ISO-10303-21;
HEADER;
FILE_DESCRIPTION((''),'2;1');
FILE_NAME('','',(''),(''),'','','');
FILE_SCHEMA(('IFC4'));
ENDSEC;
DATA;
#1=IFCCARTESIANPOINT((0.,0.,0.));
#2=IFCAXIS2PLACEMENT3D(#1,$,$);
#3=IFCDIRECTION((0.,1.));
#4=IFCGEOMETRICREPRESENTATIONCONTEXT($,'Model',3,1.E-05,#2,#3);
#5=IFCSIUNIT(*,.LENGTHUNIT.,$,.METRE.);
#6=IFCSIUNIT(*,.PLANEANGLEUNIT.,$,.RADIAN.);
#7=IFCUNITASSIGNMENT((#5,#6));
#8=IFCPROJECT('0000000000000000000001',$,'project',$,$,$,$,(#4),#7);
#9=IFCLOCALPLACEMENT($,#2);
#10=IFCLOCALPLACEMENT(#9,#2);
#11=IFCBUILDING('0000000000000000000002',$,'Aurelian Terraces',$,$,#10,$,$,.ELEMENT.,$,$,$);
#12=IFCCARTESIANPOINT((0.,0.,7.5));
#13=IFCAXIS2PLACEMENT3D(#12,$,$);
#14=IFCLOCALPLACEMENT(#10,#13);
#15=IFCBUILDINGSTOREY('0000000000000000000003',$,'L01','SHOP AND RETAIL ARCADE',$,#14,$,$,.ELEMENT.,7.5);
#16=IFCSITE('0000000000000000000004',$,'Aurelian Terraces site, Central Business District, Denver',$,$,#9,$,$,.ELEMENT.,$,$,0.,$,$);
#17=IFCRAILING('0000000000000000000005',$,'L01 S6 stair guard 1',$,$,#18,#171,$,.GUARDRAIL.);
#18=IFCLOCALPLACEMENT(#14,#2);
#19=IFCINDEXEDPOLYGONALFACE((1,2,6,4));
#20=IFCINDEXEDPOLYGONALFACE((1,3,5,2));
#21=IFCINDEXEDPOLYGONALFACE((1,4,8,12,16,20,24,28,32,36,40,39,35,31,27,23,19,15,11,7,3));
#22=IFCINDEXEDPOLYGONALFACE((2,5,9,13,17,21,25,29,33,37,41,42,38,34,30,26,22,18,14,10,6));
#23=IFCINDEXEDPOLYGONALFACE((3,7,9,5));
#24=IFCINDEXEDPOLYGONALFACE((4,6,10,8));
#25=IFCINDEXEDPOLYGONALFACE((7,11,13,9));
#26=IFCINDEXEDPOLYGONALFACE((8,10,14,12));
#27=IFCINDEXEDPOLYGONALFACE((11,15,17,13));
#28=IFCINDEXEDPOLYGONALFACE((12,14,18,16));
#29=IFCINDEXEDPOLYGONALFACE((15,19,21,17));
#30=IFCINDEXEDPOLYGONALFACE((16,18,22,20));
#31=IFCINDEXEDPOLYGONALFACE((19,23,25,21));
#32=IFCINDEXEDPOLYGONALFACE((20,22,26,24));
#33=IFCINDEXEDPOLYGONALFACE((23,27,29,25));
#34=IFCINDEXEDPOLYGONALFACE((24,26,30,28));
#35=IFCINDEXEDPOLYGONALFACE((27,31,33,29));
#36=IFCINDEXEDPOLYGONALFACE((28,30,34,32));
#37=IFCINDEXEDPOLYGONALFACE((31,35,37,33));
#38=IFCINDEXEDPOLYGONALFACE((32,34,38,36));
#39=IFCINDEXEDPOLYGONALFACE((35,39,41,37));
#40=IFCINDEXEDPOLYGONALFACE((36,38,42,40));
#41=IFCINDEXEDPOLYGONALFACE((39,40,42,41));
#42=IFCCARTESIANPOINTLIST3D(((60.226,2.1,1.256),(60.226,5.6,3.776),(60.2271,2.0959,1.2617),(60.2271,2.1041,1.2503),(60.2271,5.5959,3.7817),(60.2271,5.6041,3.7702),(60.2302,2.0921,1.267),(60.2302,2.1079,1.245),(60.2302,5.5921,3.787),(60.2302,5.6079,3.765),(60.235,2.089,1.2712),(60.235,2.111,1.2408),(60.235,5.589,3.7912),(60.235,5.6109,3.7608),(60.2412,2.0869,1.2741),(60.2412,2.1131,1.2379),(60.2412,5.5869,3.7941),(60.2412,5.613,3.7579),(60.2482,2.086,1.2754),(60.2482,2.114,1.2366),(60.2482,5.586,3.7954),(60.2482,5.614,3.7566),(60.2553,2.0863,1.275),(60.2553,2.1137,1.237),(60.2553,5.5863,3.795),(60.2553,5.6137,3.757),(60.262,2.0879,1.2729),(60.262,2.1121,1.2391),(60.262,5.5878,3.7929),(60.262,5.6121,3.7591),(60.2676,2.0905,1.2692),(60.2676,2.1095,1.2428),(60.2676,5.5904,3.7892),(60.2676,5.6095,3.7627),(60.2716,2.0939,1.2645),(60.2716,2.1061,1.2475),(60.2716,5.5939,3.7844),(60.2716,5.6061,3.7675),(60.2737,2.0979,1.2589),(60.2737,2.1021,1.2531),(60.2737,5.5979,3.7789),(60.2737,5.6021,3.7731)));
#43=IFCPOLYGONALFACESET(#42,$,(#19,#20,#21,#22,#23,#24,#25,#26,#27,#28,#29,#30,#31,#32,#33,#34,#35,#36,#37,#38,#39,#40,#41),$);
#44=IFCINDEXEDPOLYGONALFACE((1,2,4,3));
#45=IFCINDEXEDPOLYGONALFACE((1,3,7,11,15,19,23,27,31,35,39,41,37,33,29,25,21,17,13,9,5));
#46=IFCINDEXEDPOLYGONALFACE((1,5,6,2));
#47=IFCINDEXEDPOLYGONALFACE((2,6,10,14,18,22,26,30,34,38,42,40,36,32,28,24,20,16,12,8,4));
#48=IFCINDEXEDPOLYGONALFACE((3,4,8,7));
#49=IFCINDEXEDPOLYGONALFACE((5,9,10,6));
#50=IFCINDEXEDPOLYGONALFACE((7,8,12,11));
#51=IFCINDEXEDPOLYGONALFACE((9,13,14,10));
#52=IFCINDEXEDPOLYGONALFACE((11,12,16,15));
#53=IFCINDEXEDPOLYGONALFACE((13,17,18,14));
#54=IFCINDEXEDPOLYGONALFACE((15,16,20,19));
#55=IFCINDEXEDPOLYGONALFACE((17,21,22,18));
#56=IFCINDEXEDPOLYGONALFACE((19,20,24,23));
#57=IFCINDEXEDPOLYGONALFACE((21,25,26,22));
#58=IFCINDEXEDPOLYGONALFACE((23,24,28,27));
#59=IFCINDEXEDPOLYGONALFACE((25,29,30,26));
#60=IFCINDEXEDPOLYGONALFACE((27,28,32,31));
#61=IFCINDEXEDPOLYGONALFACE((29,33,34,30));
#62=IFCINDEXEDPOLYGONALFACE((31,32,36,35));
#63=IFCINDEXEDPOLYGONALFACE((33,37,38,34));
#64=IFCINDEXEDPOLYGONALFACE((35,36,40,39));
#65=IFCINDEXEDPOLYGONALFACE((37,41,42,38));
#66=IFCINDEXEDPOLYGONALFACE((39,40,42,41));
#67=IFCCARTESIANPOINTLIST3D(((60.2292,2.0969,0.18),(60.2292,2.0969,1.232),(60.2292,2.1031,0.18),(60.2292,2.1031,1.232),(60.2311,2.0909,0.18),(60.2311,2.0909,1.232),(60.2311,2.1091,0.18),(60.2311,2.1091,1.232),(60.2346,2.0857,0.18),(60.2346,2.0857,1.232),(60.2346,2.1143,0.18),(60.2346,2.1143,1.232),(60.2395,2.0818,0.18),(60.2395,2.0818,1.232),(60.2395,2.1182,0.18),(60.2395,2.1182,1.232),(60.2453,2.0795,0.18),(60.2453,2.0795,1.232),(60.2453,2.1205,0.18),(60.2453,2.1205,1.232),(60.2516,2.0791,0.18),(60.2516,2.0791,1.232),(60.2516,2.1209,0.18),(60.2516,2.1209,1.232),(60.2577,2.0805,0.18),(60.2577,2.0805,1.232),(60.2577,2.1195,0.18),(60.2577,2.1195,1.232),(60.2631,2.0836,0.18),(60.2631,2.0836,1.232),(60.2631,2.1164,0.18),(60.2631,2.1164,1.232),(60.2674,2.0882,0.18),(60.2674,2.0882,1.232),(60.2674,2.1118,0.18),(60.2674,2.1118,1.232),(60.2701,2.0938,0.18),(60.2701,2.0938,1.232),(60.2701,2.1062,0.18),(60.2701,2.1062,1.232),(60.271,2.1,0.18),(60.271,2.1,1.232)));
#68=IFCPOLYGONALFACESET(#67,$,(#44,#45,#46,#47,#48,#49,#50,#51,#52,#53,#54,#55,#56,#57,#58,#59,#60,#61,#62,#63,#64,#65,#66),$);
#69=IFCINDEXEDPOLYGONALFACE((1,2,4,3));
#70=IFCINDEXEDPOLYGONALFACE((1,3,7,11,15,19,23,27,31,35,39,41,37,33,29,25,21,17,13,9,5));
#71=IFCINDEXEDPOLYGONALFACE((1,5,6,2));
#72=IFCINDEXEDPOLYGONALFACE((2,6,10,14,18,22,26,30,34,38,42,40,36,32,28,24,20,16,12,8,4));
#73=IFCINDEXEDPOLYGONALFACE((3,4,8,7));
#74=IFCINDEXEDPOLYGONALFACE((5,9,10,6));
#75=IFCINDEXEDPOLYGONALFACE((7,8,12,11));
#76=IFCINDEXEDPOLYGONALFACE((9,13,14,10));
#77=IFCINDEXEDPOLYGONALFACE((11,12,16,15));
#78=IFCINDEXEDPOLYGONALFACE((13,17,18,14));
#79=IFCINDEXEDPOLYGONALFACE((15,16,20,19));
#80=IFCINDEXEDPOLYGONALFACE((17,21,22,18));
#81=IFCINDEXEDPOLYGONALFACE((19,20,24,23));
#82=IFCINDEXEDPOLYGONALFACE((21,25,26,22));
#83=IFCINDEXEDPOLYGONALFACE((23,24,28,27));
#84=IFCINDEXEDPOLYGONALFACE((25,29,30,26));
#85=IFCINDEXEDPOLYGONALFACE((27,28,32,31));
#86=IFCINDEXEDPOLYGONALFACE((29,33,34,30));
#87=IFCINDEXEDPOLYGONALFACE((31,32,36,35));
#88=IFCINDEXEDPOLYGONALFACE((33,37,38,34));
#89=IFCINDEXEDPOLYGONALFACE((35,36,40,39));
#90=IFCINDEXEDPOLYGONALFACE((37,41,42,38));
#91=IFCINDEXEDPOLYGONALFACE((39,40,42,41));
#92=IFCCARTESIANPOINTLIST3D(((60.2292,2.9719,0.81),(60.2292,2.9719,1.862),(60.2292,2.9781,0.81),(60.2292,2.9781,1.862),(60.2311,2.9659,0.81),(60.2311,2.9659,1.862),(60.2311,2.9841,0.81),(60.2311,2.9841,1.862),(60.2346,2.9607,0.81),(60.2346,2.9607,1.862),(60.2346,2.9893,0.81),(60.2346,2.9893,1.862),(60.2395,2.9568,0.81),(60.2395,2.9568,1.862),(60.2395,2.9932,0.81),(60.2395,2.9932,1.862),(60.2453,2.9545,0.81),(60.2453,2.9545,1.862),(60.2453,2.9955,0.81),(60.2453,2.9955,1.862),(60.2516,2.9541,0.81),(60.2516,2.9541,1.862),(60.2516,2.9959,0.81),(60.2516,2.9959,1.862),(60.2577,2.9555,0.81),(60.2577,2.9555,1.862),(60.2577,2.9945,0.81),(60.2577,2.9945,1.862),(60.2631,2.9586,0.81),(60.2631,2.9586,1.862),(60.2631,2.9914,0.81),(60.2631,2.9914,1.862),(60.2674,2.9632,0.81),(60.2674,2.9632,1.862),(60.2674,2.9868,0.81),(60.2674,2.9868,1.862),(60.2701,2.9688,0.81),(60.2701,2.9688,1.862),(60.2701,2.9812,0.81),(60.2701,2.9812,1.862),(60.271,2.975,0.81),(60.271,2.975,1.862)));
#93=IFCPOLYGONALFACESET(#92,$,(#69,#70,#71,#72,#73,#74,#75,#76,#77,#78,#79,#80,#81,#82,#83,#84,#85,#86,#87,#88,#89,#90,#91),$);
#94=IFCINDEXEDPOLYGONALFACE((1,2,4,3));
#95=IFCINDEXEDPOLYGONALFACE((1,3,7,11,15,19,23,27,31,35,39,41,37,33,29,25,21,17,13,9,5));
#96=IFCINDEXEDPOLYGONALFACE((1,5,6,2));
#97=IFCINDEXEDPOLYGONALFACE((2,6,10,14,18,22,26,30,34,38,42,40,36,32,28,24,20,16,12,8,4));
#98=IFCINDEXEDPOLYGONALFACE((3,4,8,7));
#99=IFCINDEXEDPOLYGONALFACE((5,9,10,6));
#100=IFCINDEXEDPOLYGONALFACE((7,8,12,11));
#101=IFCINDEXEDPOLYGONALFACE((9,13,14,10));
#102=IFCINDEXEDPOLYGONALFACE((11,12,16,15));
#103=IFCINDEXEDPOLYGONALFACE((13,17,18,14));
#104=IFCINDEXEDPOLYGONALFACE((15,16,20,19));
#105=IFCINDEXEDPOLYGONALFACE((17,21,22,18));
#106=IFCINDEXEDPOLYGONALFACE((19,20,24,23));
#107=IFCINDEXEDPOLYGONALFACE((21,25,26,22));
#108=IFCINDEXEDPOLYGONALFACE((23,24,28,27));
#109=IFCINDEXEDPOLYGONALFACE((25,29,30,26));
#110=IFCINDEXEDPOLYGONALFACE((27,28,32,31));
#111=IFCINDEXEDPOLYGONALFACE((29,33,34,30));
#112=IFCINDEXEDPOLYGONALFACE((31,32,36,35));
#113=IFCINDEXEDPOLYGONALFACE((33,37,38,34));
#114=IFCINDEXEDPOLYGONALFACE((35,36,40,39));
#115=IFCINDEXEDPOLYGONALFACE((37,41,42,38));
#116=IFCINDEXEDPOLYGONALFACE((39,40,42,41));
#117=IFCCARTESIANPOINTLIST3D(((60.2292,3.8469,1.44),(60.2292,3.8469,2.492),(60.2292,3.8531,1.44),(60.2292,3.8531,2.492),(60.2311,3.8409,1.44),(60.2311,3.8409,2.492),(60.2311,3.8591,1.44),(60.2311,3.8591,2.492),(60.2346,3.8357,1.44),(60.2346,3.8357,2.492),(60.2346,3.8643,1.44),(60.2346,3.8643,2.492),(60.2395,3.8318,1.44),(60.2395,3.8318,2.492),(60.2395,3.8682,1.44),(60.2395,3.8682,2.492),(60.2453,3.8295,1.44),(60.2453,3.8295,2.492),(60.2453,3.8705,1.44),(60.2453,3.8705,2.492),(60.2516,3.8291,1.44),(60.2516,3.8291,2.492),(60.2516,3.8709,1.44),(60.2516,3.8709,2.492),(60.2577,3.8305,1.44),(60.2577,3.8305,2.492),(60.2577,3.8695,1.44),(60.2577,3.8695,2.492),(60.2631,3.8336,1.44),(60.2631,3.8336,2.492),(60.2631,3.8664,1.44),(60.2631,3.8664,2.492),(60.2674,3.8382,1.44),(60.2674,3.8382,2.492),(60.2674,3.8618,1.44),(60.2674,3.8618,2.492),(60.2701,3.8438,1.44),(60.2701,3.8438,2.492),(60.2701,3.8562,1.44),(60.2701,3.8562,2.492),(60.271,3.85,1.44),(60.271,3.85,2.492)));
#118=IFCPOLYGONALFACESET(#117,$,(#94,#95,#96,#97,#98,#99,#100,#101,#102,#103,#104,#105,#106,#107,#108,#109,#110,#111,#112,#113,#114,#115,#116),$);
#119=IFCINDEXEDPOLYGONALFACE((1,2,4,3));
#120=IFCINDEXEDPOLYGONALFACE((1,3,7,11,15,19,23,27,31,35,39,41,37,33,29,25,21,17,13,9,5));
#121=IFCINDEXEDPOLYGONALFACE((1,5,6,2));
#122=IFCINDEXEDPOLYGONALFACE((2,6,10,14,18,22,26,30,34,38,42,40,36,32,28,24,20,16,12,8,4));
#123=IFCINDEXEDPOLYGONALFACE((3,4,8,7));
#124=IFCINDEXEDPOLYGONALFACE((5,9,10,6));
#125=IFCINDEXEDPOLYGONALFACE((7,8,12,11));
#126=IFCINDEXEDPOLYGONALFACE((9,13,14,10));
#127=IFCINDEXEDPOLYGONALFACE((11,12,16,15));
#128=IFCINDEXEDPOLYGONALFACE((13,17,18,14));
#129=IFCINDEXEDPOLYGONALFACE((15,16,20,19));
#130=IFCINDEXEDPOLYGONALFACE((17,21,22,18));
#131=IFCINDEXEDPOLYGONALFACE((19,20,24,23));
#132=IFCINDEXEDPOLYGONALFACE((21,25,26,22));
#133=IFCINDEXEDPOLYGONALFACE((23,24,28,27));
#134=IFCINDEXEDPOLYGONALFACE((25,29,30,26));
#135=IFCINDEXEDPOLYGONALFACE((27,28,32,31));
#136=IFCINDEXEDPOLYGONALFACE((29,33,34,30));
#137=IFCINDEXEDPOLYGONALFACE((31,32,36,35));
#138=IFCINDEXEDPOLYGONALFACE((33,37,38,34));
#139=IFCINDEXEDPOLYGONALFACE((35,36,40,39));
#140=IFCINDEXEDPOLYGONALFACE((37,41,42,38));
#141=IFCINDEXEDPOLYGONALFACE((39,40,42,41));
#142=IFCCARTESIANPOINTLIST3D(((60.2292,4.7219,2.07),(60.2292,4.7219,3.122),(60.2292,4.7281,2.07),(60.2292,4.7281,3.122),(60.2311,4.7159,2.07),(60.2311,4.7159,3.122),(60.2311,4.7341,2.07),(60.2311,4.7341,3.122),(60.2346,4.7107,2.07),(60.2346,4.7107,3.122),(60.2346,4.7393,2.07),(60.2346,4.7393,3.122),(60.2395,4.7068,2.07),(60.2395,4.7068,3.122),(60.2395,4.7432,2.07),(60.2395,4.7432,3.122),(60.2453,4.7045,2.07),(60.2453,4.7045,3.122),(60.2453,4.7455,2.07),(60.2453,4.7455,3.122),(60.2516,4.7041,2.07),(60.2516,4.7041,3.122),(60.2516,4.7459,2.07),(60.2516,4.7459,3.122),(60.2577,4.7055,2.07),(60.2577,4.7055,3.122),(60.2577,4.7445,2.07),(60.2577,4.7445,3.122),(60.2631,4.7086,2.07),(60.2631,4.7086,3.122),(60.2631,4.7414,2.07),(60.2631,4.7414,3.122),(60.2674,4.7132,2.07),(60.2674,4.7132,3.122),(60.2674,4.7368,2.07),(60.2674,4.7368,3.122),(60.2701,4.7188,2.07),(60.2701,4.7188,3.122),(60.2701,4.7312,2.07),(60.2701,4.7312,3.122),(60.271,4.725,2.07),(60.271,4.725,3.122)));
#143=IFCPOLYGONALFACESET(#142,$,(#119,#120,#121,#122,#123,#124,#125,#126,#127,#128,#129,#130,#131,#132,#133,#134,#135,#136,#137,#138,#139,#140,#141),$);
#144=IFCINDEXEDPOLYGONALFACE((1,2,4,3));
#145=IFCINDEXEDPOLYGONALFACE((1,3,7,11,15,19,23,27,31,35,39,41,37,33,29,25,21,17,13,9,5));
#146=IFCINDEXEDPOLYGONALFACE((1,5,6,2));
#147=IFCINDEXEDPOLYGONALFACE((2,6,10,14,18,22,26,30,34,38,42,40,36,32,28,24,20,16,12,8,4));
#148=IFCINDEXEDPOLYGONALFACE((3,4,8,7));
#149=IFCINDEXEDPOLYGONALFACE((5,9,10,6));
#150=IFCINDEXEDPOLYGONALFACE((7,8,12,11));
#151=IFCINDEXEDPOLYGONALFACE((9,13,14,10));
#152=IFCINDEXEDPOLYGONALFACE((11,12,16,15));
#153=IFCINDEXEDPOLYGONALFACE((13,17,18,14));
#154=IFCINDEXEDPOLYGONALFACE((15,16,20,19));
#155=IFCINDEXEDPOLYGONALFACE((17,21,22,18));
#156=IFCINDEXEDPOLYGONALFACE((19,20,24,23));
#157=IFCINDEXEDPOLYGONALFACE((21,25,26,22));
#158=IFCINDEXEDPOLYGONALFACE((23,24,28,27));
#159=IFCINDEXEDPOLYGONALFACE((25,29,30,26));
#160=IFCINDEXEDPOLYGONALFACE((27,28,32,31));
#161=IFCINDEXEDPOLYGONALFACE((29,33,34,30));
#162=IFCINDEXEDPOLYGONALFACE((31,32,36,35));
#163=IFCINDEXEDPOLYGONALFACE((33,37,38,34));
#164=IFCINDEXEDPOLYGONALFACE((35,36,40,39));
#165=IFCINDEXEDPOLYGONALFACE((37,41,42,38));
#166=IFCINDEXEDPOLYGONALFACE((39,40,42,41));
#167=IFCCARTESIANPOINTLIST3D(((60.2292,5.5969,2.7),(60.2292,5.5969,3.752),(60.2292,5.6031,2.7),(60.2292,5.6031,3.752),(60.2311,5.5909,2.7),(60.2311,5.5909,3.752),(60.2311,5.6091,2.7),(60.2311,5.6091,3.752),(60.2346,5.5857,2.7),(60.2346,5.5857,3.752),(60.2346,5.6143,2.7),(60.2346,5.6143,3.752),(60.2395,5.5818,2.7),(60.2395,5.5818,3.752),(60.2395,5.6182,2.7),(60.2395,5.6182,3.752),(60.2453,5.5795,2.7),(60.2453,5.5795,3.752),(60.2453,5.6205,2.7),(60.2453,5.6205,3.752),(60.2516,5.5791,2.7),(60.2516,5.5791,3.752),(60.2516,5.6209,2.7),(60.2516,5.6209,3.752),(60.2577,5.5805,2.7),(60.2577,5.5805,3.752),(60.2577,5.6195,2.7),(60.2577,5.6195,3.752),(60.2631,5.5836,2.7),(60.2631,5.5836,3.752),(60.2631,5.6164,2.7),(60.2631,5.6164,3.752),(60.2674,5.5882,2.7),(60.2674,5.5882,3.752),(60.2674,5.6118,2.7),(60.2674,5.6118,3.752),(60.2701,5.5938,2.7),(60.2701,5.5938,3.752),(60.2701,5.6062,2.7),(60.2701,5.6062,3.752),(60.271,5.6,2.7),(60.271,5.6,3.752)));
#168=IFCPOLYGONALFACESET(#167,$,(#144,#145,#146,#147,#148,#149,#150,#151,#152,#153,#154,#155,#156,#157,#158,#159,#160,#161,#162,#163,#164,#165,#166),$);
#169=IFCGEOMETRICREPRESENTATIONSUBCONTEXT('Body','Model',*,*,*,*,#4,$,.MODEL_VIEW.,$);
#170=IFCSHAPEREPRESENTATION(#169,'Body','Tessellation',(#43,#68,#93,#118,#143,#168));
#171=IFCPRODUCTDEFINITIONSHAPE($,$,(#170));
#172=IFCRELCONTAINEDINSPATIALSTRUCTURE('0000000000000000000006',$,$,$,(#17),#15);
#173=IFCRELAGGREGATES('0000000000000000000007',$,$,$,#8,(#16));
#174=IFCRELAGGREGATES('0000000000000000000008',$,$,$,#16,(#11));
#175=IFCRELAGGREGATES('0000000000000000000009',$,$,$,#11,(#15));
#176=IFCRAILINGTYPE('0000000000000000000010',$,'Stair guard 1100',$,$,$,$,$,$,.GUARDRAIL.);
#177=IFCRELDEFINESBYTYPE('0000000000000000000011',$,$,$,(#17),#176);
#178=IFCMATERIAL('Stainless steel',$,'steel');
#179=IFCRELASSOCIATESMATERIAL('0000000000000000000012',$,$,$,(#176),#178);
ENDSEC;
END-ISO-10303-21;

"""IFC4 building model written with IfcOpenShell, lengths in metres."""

from ifc_helpers import new_model, si_unit, direction, frame, origin, origin_2d, place, context, subcontext, project, spatial, circle, extrude, source, transform, mapped, material, type_object, element, save


model = new_model("IFC4")

# Units and contexts
model_context = context("Model", 3, precision=1e-05, world=origin(), true_north=direction((0.0, 1.0)))
body_context = subcontext(model_context, "Body", "Model", "MODEL_VIEW")
ifc_project = project(units=[si_unit("LENGTHUNIT", "METRE"), si_unit("PLANEANGLEUNIT", "RADIAN")], contexts=[model_context])

# Site, building, storey
site_placement = place(None, origin())
site = spatial("IfcSite", under=ifc_project, at=site_placement, Name="Aurelian Terraces site, Central Business District, Denver", CompositionType="ELEMENT", RefElevation=0.0)
building_placement = place(site_placement, origin())
building = spatial("IfcBuilding", under=site, at=building_placement, Name="Aurelian Terraces", CompositionType="ELEMENT")
storey_placement = place(building_placement, frame((0.0, 0.0, 7.5)))
storey = spatial("IfcBuildingStorey", under=building, at=storey_placement, Name="L01", Description="SHOP AND RETAIL ARCADE", CompositionType="ELEMENT", Elevation=7.5)

# Railing
ifc_material_1 = material(Name="Stainless steel", Category="steel")
railing_type_1 = type_object("IfcRailingType", Name="Stair guard 1100", PredefinedType="GUARDRAIL", material=ifc_material_1)
shared_shape_1 = source(origin(), body_context, "Body", "SweptSolid", [
    extrude(circle(Radius=0.024, at=origin_2d()), frame((0.0, 0.0, 1.076), z_axis=(0.0, 0.811534, 0.584305), x_axis=(-1.0, 0.0, 0.0)), (0.0, 0.0, 1.0), 4.3128),
    extrude(circle(Radius=0.021, at=origin_2d()), origin(), (0.0, 0.0, 1.0), 1.052),
    extrude(circle(Radius=0.021, at=origin_2d()), frame((0.0, 0.875, 0.63)), (0.0, 0.0, 1.0), 1.052),
    extrude(circle(Radius=0.021, at=origin_2d()), frame((0.0, 1.75, 1.26)), (0.0, 0.0, 1.0), 1.052),
    extrude(circle(Radius=0.021, at=origin_2d()), frame((0.0, 2.625, 1.89)), (0.0, 0.0, 1.0), 1.052),
    extrude(circle(Radius=0.021, at=origin_2d()), frame((0.0, 3.5, 2.52)), (0.0, 0.0, 1.0), 1.052),
])
railing_1_placement = place(storey_placement, frame((60.25, 2.1, 0.18)))
element("IfcRailing", 1, at=railing_1_placement, inside=storey, type_object=railing_type_1, Name="L01 S6 stair guard 1", PredefinedType="GUARDRAIL", context=body_context, shape_type="MappedRepresentation", body=[
    mapped(shared_shape_1, transform((0.0, 0.0, 0.0), scale=1.0)),
])

save(model, "model.ifc")
